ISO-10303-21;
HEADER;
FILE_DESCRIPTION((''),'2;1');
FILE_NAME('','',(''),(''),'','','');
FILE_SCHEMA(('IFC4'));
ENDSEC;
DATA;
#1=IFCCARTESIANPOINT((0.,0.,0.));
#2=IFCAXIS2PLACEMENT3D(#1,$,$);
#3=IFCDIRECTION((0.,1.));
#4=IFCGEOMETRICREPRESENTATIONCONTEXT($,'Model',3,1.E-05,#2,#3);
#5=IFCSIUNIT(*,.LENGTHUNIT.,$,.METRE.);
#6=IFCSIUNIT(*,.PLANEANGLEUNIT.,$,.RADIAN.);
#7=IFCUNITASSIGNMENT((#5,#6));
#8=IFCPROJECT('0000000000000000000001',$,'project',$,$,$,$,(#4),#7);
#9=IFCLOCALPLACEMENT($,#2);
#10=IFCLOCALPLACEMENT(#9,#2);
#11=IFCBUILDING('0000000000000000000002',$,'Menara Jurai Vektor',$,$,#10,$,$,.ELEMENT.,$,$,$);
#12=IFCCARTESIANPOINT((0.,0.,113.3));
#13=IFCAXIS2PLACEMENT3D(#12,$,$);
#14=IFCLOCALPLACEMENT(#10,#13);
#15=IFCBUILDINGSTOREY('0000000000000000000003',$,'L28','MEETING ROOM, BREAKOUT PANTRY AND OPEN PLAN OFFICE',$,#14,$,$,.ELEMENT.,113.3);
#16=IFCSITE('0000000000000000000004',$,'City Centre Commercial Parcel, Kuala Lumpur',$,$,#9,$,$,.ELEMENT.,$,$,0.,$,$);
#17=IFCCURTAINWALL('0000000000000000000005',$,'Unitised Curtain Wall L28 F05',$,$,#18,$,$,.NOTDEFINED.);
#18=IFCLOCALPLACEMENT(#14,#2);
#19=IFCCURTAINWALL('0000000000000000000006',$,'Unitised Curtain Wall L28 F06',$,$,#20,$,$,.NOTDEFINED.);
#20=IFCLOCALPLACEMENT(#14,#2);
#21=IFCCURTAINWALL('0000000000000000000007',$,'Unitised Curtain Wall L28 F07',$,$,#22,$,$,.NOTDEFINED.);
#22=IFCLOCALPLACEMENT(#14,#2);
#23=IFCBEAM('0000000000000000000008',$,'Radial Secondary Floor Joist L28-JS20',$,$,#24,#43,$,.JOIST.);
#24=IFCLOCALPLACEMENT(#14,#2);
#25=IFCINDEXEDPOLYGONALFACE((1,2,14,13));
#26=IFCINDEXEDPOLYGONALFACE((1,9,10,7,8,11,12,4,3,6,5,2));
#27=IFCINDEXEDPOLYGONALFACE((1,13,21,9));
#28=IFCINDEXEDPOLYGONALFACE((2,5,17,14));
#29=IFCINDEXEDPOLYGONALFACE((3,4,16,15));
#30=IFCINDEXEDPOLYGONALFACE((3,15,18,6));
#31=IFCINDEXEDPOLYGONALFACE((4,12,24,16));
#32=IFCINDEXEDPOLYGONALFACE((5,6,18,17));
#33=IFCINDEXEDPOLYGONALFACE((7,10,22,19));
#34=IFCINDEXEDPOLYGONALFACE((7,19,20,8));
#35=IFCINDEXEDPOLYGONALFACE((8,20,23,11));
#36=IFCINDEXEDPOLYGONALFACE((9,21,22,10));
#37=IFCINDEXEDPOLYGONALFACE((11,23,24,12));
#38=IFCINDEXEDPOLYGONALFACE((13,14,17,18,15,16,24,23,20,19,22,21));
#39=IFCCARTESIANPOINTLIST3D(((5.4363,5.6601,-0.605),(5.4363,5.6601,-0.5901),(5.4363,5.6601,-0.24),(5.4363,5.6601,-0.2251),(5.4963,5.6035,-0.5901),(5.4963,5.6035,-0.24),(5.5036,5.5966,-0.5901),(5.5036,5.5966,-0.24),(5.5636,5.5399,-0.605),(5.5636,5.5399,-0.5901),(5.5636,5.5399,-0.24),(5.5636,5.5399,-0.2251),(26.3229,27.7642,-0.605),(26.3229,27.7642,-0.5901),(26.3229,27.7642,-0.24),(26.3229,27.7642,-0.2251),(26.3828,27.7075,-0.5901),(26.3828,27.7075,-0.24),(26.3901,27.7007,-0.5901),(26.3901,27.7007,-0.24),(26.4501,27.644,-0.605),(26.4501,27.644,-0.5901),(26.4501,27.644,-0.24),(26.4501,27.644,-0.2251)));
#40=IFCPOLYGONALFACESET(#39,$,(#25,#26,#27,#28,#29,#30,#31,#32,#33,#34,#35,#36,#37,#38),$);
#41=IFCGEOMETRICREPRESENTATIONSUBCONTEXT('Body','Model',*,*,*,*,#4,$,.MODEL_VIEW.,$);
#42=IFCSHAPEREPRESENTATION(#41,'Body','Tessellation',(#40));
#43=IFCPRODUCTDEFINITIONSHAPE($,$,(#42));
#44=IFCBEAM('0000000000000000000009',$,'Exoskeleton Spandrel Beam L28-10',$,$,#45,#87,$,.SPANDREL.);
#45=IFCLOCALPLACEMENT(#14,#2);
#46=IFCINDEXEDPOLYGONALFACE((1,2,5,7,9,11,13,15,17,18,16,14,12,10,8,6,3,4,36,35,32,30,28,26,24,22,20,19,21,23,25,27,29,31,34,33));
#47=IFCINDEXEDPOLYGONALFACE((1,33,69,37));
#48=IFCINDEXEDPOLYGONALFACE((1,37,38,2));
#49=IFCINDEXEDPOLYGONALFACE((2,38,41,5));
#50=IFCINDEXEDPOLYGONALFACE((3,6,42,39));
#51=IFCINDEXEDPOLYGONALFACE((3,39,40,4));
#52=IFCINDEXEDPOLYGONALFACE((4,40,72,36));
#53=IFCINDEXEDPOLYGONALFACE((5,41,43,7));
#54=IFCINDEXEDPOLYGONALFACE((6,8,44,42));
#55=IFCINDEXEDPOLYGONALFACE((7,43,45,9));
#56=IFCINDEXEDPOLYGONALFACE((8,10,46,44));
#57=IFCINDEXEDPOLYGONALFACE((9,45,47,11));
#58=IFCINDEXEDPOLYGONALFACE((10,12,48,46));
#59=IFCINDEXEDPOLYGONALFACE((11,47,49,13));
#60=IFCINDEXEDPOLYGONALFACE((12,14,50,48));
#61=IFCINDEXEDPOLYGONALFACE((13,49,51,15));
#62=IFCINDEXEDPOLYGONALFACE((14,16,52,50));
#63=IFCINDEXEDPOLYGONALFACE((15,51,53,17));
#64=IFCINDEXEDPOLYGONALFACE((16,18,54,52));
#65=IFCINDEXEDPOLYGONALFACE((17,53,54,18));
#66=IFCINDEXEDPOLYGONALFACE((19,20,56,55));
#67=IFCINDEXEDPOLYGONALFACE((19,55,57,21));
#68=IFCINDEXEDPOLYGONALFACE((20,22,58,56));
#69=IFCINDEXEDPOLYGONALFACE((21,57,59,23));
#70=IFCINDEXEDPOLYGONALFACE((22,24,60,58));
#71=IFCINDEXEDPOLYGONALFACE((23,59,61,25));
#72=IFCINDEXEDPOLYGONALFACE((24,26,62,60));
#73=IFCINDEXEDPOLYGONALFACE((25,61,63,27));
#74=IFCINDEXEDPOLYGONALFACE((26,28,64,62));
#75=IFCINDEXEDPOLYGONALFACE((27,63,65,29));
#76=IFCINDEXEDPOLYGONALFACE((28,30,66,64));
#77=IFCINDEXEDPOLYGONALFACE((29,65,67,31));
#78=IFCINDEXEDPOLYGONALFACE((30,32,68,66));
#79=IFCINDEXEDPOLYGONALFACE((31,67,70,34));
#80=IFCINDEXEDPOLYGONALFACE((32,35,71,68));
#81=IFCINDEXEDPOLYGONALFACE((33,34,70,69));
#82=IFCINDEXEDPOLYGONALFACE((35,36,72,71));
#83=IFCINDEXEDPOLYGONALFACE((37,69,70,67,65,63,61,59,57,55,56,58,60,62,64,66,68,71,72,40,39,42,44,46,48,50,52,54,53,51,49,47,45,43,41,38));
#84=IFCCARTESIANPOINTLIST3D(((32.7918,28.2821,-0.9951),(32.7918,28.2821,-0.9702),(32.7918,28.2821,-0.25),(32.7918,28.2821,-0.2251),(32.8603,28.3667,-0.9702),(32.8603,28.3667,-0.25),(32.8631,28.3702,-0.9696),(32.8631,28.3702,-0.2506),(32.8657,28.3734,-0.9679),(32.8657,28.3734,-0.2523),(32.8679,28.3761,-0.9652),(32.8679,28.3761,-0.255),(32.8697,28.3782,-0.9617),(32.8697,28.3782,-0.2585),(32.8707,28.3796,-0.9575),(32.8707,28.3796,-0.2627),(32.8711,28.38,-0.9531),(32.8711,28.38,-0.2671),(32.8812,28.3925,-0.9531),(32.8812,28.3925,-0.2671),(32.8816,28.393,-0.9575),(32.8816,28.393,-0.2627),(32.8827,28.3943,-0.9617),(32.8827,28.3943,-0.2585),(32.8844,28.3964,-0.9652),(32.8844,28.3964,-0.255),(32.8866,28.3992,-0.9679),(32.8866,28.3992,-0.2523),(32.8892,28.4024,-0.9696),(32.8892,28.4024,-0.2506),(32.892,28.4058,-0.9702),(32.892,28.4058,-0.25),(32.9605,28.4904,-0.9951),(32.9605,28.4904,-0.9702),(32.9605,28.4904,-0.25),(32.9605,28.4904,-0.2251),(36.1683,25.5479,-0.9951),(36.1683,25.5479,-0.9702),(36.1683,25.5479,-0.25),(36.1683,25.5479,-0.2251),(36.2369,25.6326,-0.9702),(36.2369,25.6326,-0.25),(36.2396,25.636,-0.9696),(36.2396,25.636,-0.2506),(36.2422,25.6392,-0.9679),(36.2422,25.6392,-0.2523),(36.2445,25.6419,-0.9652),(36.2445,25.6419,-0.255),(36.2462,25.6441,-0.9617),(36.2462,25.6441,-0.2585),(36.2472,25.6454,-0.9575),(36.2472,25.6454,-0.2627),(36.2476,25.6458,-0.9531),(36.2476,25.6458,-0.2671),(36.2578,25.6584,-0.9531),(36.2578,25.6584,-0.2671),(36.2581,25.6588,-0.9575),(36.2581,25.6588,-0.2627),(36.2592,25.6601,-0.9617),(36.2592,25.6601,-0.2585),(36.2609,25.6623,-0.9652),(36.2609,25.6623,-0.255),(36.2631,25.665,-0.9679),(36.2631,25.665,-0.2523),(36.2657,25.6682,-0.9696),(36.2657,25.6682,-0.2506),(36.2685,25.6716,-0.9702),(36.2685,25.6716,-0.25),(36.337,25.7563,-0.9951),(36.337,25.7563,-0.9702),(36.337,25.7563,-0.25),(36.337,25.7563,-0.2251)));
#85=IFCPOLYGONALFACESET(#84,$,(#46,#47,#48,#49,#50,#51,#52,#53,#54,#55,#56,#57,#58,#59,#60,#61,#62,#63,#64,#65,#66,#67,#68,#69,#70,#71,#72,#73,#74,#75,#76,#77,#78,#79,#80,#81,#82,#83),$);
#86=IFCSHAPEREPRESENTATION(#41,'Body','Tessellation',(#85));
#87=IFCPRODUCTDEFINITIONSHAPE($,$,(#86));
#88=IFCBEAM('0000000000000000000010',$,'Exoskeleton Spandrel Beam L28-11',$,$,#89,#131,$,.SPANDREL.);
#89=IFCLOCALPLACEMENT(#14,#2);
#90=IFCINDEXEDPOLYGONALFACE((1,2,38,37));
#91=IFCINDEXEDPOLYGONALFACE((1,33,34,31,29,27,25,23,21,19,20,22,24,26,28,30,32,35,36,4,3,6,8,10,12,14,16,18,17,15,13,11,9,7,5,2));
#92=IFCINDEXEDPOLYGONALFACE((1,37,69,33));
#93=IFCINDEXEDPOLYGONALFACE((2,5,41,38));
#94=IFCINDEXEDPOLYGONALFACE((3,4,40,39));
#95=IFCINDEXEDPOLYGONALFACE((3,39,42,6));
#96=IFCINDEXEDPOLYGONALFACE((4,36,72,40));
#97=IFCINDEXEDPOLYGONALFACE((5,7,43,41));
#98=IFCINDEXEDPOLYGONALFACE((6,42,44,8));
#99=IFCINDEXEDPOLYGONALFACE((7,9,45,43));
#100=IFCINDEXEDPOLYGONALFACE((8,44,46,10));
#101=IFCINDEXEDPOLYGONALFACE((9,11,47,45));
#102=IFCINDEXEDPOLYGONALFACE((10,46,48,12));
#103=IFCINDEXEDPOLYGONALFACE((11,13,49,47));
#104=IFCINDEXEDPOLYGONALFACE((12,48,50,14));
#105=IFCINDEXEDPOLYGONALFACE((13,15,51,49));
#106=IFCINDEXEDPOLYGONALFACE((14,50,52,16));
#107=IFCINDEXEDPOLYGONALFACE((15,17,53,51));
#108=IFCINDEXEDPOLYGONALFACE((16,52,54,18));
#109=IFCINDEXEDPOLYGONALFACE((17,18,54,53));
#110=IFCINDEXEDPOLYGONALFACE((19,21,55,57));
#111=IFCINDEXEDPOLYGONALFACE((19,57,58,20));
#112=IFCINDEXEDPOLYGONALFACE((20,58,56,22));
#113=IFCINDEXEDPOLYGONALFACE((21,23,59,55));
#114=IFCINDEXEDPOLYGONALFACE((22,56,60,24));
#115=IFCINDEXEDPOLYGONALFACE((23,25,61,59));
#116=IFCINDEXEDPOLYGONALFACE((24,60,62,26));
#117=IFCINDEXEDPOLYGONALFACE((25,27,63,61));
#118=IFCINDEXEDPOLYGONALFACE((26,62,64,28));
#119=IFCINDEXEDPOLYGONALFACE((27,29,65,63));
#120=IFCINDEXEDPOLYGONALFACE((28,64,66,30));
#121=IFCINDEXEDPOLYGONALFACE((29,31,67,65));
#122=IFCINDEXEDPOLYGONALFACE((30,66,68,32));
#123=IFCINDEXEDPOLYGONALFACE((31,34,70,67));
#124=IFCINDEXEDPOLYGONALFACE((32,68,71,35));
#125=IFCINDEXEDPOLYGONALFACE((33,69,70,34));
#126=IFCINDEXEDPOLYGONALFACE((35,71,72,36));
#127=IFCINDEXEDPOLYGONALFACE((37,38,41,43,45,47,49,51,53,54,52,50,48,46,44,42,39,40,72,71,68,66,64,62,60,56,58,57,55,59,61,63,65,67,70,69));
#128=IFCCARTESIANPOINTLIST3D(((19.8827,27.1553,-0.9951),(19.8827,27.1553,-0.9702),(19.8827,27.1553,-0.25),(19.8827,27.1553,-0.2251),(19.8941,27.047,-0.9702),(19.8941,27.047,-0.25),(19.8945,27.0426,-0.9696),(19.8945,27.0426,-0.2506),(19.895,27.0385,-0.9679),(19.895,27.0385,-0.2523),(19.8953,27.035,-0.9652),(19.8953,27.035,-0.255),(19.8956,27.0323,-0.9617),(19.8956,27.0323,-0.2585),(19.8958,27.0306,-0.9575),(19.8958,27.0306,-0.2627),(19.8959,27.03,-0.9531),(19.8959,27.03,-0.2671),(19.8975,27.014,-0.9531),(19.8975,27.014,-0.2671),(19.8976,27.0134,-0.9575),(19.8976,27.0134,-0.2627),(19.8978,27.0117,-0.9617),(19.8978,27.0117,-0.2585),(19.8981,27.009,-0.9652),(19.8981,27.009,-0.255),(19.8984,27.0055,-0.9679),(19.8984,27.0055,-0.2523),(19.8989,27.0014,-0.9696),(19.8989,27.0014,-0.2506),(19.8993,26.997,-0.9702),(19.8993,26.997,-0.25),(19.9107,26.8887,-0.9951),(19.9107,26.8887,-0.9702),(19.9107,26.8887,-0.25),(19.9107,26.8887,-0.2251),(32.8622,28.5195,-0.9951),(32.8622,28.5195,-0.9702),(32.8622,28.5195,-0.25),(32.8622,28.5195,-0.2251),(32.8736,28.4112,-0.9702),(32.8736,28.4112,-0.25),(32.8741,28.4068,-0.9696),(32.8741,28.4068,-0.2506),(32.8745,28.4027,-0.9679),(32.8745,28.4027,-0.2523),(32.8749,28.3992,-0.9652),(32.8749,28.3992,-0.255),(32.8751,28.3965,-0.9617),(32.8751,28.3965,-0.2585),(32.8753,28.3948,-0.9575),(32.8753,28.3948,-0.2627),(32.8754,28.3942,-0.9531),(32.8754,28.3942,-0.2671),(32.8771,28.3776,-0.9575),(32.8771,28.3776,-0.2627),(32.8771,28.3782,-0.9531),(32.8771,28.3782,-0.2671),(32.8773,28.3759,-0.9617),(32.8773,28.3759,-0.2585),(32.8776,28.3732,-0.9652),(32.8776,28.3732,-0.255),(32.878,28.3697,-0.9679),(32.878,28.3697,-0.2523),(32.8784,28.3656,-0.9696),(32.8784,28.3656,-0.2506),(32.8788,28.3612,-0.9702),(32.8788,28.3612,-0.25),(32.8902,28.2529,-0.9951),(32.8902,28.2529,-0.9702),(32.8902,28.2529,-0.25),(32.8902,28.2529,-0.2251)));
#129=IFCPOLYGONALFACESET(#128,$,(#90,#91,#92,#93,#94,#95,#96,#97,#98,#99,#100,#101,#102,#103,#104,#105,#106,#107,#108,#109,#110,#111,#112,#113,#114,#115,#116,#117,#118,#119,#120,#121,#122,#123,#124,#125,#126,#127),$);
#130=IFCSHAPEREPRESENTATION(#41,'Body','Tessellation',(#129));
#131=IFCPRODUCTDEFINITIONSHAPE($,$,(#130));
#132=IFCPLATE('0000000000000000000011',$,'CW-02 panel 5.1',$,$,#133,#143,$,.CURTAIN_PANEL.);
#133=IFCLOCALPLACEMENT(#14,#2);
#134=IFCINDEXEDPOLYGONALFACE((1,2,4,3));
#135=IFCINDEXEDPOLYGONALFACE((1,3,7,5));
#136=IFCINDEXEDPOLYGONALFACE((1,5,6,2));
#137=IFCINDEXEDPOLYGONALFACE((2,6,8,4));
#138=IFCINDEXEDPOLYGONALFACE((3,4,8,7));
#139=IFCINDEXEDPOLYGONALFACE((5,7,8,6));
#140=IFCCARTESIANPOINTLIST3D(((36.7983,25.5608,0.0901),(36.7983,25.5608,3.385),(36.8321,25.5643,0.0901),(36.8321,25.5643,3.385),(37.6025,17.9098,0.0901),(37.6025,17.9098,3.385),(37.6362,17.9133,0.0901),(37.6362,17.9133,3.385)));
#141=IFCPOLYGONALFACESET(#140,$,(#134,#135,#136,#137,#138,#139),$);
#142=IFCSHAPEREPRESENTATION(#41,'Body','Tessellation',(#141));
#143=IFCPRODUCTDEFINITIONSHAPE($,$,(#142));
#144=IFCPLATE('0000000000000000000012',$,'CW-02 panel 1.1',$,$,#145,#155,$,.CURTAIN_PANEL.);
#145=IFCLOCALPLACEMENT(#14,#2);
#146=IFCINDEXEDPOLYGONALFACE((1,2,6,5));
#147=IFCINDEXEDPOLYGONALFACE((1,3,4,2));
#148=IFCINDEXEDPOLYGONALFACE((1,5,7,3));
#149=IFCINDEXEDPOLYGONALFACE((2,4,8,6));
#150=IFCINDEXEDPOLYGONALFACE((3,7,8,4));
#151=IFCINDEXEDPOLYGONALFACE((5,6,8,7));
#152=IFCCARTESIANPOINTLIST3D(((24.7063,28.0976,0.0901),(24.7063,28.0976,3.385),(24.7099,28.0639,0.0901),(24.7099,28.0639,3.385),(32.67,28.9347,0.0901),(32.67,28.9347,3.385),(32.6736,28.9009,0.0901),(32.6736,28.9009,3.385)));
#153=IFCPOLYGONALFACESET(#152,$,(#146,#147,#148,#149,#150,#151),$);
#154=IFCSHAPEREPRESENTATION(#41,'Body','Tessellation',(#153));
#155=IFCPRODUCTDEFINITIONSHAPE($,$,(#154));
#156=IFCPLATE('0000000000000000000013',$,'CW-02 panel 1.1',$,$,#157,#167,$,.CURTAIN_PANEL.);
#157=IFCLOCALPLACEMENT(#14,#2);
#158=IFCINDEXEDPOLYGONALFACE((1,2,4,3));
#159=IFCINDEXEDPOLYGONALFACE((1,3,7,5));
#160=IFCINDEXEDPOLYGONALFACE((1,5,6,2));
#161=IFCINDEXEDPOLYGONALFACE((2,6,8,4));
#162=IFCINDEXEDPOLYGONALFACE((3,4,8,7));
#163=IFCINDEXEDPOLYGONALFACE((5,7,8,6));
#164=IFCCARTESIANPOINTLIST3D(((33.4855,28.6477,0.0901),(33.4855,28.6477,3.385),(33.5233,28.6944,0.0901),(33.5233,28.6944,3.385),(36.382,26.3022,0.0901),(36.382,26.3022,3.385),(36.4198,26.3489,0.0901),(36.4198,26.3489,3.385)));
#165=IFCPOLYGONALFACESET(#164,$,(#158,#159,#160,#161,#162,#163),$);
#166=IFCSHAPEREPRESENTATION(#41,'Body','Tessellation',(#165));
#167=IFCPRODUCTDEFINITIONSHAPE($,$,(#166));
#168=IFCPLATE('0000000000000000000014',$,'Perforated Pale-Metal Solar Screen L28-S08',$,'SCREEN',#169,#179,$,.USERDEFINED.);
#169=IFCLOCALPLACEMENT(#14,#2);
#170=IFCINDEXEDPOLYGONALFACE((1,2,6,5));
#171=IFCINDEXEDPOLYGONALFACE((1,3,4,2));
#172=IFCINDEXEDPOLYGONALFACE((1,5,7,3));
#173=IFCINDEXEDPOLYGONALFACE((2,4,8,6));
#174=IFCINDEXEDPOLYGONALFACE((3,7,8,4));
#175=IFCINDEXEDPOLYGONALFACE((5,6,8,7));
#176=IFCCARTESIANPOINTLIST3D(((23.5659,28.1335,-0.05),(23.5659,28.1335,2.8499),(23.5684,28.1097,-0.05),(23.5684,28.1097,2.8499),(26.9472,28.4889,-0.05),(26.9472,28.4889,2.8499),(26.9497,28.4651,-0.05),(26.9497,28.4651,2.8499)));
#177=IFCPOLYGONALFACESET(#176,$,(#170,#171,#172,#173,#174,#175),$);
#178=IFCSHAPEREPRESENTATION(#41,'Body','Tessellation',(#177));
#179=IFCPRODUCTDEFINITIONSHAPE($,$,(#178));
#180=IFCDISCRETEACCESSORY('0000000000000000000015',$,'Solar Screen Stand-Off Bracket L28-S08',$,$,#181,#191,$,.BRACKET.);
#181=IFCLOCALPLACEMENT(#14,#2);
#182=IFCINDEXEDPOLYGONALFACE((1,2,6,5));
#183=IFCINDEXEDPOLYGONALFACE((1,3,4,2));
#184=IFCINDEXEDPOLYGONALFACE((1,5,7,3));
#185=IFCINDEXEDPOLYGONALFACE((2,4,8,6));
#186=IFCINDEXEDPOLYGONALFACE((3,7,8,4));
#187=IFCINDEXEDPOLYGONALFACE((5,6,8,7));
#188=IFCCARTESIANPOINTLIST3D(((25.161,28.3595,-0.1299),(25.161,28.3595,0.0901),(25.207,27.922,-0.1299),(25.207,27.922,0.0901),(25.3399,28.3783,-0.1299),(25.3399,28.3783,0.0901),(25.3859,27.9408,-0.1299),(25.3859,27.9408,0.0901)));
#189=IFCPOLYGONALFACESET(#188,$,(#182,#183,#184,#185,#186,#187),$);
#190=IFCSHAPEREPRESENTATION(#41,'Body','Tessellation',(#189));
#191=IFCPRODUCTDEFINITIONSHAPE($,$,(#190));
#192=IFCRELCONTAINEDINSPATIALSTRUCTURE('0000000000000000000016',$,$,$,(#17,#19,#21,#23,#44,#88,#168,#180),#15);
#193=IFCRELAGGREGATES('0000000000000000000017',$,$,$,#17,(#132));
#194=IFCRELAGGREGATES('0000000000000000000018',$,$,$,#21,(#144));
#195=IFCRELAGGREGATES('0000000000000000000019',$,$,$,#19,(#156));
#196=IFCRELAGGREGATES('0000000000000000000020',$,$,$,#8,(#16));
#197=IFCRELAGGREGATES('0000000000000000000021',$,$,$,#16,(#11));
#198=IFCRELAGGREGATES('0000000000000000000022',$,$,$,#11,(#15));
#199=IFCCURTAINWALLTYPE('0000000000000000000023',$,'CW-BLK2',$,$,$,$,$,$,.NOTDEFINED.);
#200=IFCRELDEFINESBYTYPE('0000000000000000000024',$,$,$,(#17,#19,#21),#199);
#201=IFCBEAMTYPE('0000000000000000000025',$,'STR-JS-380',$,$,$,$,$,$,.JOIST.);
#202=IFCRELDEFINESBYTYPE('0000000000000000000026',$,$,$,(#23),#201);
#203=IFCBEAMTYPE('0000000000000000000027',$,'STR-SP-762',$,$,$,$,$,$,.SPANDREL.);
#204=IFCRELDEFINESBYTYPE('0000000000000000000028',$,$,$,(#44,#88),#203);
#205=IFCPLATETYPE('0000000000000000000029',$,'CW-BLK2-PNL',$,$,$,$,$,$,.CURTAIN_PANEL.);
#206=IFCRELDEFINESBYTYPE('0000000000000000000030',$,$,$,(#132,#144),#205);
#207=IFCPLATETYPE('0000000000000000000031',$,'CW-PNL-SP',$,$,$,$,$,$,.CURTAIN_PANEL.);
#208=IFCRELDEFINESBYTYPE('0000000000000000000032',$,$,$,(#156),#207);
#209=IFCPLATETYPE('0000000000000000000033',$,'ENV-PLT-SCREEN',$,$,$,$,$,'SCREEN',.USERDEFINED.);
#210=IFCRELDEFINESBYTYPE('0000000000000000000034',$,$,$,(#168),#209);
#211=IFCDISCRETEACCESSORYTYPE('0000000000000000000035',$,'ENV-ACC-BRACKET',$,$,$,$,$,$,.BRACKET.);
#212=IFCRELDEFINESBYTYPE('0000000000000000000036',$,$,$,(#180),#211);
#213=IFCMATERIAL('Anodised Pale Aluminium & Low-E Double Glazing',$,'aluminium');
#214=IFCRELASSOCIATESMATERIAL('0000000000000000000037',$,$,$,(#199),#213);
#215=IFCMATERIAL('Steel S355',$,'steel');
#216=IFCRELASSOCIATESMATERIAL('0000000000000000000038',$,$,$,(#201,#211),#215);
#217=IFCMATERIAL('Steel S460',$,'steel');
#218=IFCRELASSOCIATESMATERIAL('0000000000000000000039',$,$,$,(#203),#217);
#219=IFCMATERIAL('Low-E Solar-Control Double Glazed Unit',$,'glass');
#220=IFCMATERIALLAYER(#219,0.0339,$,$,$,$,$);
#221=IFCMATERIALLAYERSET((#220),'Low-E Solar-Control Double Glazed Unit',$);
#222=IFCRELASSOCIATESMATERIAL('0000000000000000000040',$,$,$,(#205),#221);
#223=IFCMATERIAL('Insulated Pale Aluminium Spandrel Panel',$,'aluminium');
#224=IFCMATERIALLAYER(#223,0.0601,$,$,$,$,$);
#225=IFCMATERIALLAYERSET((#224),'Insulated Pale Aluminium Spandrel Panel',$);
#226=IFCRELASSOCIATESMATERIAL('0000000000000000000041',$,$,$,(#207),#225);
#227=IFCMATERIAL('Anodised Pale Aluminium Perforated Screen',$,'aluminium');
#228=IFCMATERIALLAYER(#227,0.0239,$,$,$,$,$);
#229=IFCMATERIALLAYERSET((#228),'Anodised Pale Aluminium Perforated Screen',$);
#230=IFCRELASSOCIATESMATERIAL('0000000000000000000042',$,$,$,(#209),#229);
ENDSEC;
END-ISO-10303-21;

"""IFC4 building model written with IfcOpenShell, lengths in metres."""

from ifc_helpers import new_model, si_unit, direction, frame, origin, origin_2d, place, context, subcontext, project, spatial, rectangle, i_section, extrude, material, layer, layer_set, material_profile, profile_set, type_object, element, aggregate, save


model = new_model("IFC4")

# Units and contexts
model_context = context("Model", 3, precision=1e-05, world=origin(), true_north=direction((0.0, 1.0)))
body_context = subcontext(model_context, "Body", "Model", "MODEL_VIEW")
ifc_project = project(units=[si_unit("LENGTHUNIT", "METRE"), si_unit("PLANEANGLEUNIT", "RADIAN")], contexts=[model_context])

# Site, building, storey
site_placement = place(None, origin())
site = spatial("IfcSite", under=ifc_project, at=site_placement, Name="City Centre Commercial Parcel, Kuala Lumpur", CompositionType="ELEMENT", RefElevation=0.0)
building_placement = place(site_placement, origin())
building = spatial("IfcBuilding", under=site, at=building_placement, Name="Menara Jurai Vektor", CompositionType="ELEMENT")
storey_placement = place(building_placement, frame((0.0, 0.0, 113.3)))
storey = spatial("IfcBuildingStorey", under=building, at=storey_placement, Name="L28", Description="MEETING ROOM, BREAKOUT PANTRY AND OPEN PLAN OFFICE", CompositionType="ELEMENT", Elevation=113.3)

# Shared definitions
ifc_material_1 = material(Name="Steel S460", Category="steel")

# Curtain wall
ifc_material_2 = material(Name="Anodised Pale Aluminium & Low-E Double Glazing", Category="aluminium")
curtain_wall_type = type_object("IfcCurtainWallType", Name="CW-BLK2", PredefinedType="NOTDEFINED", material=ifc_material_2)
curtain_wall_1_placement = place(storey_placement, origin())
curtain_wall_1 = element("IfcCurtainWall", 1, at=curtain_wall_1_placement, inside=storey, type_object=curtain_wall_type, Name="Unitised Curtain Wall L28 F05", PredefinedType="NOTDEFINED")

# Curtain wall
curtain_wall_2_placement = place(storey_placement, origin())
curtain_wall_2 = element("IfcCurtainWall", 2, at=curtain_wall_2_placement, inside=storey, type_object=curtain_wall_type, Name="Unitised Curtain Wall L28 F06", PredefinedType="NOTDEFINED")

# Curtain wall
curtain_wall_3_placement = place(storey_placement, origin())
curtain_wall_3 = element("IfcCurtainWall", 3, at=curtain_wall_3_placement, inside=storey, type_object=curtain_wall_type, Name="Unitised Curtain Wall L28 F07", PredefinedType="NOTDEFINED")

# Shared definitions
ifc_material_3 = material(Name="Steel S355", Category="steel")

# Beams
ifc_material_profile_1 = material_profile(ifc_material_3, i_section(OverallWidth=0.175, OverallDepth=0.3799, WebThickness=0.01, FlangeThickness=0.0149, at=origin_2d()), Name="PG 380x175x58")
ifc_profile_set_1 = profile_set([ifc_material_profile_1], Name="Steel S355")
beam_type_1 = type_object("IfcBeamType", Name="STR-JS-380", PredefinedType="JOIST", material=ifc_profile_set_1)
beam_1_placement = place(storey_placement, frame((26.3865, 27.7041, -0.415), z_axis=(-0.686805, -0.726841, 0.0), x_axis=(0.726841, -0.686805, 0.0)))
element("IfcBeam", 4, at=beam_1_placement, inside=storey, type_object=beam_type_1, Name="Radial Secondary Floor Joist L28-JS20", PredefinedType="JOIST", context=body_context, shape_type="SweptSolid", body=[
    extrude(i_section(OverallWidth=0.175, OverallDepth=0.3799, WebThickness=0.01, FlangeThickness=0.0149, at=origin_2d()), origin(), (0.0, 0.0, 1.0), 30.4111),
])
ifc_material_profile_2 = material_profile(ifc_material_1, i_section(OverallWidth=0.2681, OverallDepth=0.77, WebThickness=0.0161, FlangeThickness=0.0249, FilletRadius=0.0171, at=origin_2d()), Name="UKB 762x267x197")
ifc_profile_set_2 = profile_set([ifc_material_profile_2], Name="Steel S460")
beam_type_2 = type_object("IfcBeamType", Name="STR-SP-762", PredefinedType="SPANDREL", material=ifc_profile_set_2)
beam_2_placement = place(storey_placement, frame((36.2527, 25.6521, -0.6101), z_axis=(-0.777155, 0.62931, 0.0), x_axis=(-0.62931, -0.777155, 0.0)))
element("IfcBeam", 5, at=beam_2_placement, inside=storey, type_object=beam_type_2, Name="Exoskeleton Spandrel Beam L28-10", PredefinedType="SPANDREL", context=body_context, shape_type="SweptSolid", body=[
    extrude(i_section(OverallWidth=0.2681, OverallDepth=0.77, WebThickness=0.0161, FlangeThickness=0.0249, FilletRadius=0.0171, at=origin_2d()), origin(), (0.0, 0.0, 1.0), 4.3447),
])
beam_3_placement = place(storey_placement, frame((32.8762, 28.3862, -0.6101), z_axis=(-0.994521, -0.104533, 0.0), x_axis=(0.104533, -0.994521, 0.0)))
element("IfcBeam", 6, at=beam_3_placement, inside=storey, type_object=beam_type_2, Name="Exoskeleton Spandrel Beam L28-11", PredefinedType="SPANDREL", context=body_context, shape_type="SweptSolid", body=[
    extrude(i_section(OverallWidth=0.2681, OverallDepth=0.77, WebThickness=0.0161, FlangeThickness=0.0249, FilletRadius=0.0171, at=origin_2d()), origin(), (0.0, 0.0, 1.0), 13.051),
])

# Plates
ifc_material_4 = material(Name="Low-E Solar-Control Double Glazed Unit", Category="glass")
ifc_layer_1 = layer(ifc_material_4, 0.0339)
ifc_layer_set_1 = layer_set([ifc_layer_1], Name="Low-E Solar-Control Double Glazed Unit")
plate_type_1 = type_object("IfcPlateType", Name="CW-BLK2-PNL", PredefinedType="CURTAIN_PANEL", material=ifc_layer_set_1)
plate_1_placement = place(storey_placement, frame((37.2173, 21.7371, 0.0901), z_axis=(0.0, 0.0, 1.0), x_axis=(-0.10453, 0.994522, 0.0)))
plate_1 = element("IfcPlate", 7, at=plate_1_placement, type_object=plate_type_1, Name="CW-02 panel 5.1", PredefinedType="CURTAIN_PANEL", context=body_context, shape_type="SweptSolid", body=[
    extrude(rectangle(XDim=7.6931, YDim=0.0339, at=origin_2d()), origin(), (0.0, 0.0, 1.0), 3.2949),
])
aggregate(curtain_wall_1, [plate_1])
plate_2_placement = place(storey_placement, frame((28.6899, 28.4993, 0.0901), z_axis=(0.0, 0.0, 1.0), x_axis=(-0.994522, -0.104529, 0.0)))
plate_2 = element("IfcPlate", 8, at=plate_2_placement, type_object=plate_type_1, Name="CW-02 panel 1.1", PredefinedType="CURTAIN_PANEL", context=body_context, shape_type="SweptSolid", body=[
    extrude(rectangle(XDim=8.0076, YDim=0.0339, at=origin_2d()), origin(), (0.0, 0.0, 1.0), 3.2949),
])
aggregate(curtain_wall_3, [plate_2])
ifc_material_5 = material(Name="Insulated Pale Aluminium Spandrel Panel", Category="aluminium")
ifc_layer_2 = layer(ifc_material_5, 0.0601)
ifc_layer_set_2 = layer_set([ifc_layer_2], Name="Insulated Pale Aluminium Spandrel Panel")
plate_type_2 = type_object("IfcPlateType", Name="CW-PNL-SP", PredefinedType="CURTAIN_PANEL", material=ifc_layer_set_2)
plate_3_placement = place(storey_placement, frame((34.9526, 27.4983, 0.0901), z_axis=(0.0, 0.0, 1.0), x_axis=(-0.777152, 0.629313, 0.0)))
plate_3 = element("IfcPlate", 9, at=plate_3_placement, type_object=plate_type_2, Name="CW-02 panel 1.1", PredefinedType="CURTAIN_PANEL", context=body_context, shape_type="SweptSolid", body=[
    extrude(rectangle(XDim=3.7271, YDim=0.0601, at=origin_2d()), origin(), (0.0, 0.0, 1.0), 3.2949),
])
aggregate(curtain_wall_2, [plate_3])
ifc_material_6 = material(Name="Anodised Pale Aluminium Perforated Screen", Category="aluminium")
ifc_layer_3 = layer(ifc_material_6, 0.0239)
ifc_layer_set_3 = layer_set([ifc_layer_3], Name="Anodised Pale Aluminium Perforated Screen")
plate_type_3 = type_object("IfcPlateType", Name="ENV-PLT-SCREEN", ElementType="SCREEN", PredefinedType="USERDEFINED", material=ifc_layer_set_3)
plate_4_placement = place(storey_placement, frame((25.2578, 28.2993, -0.05), z_axis=(0.0, 0.0, 1.0), x_axis=(-0.994522, -0.104528, 0.0)))
element("IfcPlate", 10, at=plate_4_placement, inside=storey, type_object=plate_type_3, Name="Perforated Pale-Metal Solar Screen L28-S08", ObjectType="SCREEN", PredefinedType="USERDEFINED", context=body_context, shape_type="SweptSolid", body=[
    extrude(rectangle(XDim=3.3999, YDim=0.0239, at=origin_2d()), origin(), (0.0, 0.0, 1.0), 2.8999),
])

# Discrete accessory
discrete_accessory_type = type_object("IfcDiscreteAccessoryType", Name="ENV-ACC-BRACKET", PredefinedType="BRACKET", material=ifc_material_3)
discrete_accessory_placement = place(storey_placement, frame((25.2734, 28.1501, -0.1299), z_axis=(0.0, 0.0, 1.0), x_axis=(-0.994522, -0.104528, 0.0)))
element("IfcDiscreteAccessory", 11, at=discrete_accessory_placement, inside=storey, type_object=discrete_accessory_type, Name="Solar Screen Stand-Off Bracket L28-S08", PredefinedType="BRACKET", context=body_context, shape_type="SweptSolid", body=[
    extrude(rectangle(XDim=0.1799, YDim=0.4399, at=origin_2d()), origin(), (0.0, 0.0, 1.0), 0.22),
])

save(model, "model.ifc")
